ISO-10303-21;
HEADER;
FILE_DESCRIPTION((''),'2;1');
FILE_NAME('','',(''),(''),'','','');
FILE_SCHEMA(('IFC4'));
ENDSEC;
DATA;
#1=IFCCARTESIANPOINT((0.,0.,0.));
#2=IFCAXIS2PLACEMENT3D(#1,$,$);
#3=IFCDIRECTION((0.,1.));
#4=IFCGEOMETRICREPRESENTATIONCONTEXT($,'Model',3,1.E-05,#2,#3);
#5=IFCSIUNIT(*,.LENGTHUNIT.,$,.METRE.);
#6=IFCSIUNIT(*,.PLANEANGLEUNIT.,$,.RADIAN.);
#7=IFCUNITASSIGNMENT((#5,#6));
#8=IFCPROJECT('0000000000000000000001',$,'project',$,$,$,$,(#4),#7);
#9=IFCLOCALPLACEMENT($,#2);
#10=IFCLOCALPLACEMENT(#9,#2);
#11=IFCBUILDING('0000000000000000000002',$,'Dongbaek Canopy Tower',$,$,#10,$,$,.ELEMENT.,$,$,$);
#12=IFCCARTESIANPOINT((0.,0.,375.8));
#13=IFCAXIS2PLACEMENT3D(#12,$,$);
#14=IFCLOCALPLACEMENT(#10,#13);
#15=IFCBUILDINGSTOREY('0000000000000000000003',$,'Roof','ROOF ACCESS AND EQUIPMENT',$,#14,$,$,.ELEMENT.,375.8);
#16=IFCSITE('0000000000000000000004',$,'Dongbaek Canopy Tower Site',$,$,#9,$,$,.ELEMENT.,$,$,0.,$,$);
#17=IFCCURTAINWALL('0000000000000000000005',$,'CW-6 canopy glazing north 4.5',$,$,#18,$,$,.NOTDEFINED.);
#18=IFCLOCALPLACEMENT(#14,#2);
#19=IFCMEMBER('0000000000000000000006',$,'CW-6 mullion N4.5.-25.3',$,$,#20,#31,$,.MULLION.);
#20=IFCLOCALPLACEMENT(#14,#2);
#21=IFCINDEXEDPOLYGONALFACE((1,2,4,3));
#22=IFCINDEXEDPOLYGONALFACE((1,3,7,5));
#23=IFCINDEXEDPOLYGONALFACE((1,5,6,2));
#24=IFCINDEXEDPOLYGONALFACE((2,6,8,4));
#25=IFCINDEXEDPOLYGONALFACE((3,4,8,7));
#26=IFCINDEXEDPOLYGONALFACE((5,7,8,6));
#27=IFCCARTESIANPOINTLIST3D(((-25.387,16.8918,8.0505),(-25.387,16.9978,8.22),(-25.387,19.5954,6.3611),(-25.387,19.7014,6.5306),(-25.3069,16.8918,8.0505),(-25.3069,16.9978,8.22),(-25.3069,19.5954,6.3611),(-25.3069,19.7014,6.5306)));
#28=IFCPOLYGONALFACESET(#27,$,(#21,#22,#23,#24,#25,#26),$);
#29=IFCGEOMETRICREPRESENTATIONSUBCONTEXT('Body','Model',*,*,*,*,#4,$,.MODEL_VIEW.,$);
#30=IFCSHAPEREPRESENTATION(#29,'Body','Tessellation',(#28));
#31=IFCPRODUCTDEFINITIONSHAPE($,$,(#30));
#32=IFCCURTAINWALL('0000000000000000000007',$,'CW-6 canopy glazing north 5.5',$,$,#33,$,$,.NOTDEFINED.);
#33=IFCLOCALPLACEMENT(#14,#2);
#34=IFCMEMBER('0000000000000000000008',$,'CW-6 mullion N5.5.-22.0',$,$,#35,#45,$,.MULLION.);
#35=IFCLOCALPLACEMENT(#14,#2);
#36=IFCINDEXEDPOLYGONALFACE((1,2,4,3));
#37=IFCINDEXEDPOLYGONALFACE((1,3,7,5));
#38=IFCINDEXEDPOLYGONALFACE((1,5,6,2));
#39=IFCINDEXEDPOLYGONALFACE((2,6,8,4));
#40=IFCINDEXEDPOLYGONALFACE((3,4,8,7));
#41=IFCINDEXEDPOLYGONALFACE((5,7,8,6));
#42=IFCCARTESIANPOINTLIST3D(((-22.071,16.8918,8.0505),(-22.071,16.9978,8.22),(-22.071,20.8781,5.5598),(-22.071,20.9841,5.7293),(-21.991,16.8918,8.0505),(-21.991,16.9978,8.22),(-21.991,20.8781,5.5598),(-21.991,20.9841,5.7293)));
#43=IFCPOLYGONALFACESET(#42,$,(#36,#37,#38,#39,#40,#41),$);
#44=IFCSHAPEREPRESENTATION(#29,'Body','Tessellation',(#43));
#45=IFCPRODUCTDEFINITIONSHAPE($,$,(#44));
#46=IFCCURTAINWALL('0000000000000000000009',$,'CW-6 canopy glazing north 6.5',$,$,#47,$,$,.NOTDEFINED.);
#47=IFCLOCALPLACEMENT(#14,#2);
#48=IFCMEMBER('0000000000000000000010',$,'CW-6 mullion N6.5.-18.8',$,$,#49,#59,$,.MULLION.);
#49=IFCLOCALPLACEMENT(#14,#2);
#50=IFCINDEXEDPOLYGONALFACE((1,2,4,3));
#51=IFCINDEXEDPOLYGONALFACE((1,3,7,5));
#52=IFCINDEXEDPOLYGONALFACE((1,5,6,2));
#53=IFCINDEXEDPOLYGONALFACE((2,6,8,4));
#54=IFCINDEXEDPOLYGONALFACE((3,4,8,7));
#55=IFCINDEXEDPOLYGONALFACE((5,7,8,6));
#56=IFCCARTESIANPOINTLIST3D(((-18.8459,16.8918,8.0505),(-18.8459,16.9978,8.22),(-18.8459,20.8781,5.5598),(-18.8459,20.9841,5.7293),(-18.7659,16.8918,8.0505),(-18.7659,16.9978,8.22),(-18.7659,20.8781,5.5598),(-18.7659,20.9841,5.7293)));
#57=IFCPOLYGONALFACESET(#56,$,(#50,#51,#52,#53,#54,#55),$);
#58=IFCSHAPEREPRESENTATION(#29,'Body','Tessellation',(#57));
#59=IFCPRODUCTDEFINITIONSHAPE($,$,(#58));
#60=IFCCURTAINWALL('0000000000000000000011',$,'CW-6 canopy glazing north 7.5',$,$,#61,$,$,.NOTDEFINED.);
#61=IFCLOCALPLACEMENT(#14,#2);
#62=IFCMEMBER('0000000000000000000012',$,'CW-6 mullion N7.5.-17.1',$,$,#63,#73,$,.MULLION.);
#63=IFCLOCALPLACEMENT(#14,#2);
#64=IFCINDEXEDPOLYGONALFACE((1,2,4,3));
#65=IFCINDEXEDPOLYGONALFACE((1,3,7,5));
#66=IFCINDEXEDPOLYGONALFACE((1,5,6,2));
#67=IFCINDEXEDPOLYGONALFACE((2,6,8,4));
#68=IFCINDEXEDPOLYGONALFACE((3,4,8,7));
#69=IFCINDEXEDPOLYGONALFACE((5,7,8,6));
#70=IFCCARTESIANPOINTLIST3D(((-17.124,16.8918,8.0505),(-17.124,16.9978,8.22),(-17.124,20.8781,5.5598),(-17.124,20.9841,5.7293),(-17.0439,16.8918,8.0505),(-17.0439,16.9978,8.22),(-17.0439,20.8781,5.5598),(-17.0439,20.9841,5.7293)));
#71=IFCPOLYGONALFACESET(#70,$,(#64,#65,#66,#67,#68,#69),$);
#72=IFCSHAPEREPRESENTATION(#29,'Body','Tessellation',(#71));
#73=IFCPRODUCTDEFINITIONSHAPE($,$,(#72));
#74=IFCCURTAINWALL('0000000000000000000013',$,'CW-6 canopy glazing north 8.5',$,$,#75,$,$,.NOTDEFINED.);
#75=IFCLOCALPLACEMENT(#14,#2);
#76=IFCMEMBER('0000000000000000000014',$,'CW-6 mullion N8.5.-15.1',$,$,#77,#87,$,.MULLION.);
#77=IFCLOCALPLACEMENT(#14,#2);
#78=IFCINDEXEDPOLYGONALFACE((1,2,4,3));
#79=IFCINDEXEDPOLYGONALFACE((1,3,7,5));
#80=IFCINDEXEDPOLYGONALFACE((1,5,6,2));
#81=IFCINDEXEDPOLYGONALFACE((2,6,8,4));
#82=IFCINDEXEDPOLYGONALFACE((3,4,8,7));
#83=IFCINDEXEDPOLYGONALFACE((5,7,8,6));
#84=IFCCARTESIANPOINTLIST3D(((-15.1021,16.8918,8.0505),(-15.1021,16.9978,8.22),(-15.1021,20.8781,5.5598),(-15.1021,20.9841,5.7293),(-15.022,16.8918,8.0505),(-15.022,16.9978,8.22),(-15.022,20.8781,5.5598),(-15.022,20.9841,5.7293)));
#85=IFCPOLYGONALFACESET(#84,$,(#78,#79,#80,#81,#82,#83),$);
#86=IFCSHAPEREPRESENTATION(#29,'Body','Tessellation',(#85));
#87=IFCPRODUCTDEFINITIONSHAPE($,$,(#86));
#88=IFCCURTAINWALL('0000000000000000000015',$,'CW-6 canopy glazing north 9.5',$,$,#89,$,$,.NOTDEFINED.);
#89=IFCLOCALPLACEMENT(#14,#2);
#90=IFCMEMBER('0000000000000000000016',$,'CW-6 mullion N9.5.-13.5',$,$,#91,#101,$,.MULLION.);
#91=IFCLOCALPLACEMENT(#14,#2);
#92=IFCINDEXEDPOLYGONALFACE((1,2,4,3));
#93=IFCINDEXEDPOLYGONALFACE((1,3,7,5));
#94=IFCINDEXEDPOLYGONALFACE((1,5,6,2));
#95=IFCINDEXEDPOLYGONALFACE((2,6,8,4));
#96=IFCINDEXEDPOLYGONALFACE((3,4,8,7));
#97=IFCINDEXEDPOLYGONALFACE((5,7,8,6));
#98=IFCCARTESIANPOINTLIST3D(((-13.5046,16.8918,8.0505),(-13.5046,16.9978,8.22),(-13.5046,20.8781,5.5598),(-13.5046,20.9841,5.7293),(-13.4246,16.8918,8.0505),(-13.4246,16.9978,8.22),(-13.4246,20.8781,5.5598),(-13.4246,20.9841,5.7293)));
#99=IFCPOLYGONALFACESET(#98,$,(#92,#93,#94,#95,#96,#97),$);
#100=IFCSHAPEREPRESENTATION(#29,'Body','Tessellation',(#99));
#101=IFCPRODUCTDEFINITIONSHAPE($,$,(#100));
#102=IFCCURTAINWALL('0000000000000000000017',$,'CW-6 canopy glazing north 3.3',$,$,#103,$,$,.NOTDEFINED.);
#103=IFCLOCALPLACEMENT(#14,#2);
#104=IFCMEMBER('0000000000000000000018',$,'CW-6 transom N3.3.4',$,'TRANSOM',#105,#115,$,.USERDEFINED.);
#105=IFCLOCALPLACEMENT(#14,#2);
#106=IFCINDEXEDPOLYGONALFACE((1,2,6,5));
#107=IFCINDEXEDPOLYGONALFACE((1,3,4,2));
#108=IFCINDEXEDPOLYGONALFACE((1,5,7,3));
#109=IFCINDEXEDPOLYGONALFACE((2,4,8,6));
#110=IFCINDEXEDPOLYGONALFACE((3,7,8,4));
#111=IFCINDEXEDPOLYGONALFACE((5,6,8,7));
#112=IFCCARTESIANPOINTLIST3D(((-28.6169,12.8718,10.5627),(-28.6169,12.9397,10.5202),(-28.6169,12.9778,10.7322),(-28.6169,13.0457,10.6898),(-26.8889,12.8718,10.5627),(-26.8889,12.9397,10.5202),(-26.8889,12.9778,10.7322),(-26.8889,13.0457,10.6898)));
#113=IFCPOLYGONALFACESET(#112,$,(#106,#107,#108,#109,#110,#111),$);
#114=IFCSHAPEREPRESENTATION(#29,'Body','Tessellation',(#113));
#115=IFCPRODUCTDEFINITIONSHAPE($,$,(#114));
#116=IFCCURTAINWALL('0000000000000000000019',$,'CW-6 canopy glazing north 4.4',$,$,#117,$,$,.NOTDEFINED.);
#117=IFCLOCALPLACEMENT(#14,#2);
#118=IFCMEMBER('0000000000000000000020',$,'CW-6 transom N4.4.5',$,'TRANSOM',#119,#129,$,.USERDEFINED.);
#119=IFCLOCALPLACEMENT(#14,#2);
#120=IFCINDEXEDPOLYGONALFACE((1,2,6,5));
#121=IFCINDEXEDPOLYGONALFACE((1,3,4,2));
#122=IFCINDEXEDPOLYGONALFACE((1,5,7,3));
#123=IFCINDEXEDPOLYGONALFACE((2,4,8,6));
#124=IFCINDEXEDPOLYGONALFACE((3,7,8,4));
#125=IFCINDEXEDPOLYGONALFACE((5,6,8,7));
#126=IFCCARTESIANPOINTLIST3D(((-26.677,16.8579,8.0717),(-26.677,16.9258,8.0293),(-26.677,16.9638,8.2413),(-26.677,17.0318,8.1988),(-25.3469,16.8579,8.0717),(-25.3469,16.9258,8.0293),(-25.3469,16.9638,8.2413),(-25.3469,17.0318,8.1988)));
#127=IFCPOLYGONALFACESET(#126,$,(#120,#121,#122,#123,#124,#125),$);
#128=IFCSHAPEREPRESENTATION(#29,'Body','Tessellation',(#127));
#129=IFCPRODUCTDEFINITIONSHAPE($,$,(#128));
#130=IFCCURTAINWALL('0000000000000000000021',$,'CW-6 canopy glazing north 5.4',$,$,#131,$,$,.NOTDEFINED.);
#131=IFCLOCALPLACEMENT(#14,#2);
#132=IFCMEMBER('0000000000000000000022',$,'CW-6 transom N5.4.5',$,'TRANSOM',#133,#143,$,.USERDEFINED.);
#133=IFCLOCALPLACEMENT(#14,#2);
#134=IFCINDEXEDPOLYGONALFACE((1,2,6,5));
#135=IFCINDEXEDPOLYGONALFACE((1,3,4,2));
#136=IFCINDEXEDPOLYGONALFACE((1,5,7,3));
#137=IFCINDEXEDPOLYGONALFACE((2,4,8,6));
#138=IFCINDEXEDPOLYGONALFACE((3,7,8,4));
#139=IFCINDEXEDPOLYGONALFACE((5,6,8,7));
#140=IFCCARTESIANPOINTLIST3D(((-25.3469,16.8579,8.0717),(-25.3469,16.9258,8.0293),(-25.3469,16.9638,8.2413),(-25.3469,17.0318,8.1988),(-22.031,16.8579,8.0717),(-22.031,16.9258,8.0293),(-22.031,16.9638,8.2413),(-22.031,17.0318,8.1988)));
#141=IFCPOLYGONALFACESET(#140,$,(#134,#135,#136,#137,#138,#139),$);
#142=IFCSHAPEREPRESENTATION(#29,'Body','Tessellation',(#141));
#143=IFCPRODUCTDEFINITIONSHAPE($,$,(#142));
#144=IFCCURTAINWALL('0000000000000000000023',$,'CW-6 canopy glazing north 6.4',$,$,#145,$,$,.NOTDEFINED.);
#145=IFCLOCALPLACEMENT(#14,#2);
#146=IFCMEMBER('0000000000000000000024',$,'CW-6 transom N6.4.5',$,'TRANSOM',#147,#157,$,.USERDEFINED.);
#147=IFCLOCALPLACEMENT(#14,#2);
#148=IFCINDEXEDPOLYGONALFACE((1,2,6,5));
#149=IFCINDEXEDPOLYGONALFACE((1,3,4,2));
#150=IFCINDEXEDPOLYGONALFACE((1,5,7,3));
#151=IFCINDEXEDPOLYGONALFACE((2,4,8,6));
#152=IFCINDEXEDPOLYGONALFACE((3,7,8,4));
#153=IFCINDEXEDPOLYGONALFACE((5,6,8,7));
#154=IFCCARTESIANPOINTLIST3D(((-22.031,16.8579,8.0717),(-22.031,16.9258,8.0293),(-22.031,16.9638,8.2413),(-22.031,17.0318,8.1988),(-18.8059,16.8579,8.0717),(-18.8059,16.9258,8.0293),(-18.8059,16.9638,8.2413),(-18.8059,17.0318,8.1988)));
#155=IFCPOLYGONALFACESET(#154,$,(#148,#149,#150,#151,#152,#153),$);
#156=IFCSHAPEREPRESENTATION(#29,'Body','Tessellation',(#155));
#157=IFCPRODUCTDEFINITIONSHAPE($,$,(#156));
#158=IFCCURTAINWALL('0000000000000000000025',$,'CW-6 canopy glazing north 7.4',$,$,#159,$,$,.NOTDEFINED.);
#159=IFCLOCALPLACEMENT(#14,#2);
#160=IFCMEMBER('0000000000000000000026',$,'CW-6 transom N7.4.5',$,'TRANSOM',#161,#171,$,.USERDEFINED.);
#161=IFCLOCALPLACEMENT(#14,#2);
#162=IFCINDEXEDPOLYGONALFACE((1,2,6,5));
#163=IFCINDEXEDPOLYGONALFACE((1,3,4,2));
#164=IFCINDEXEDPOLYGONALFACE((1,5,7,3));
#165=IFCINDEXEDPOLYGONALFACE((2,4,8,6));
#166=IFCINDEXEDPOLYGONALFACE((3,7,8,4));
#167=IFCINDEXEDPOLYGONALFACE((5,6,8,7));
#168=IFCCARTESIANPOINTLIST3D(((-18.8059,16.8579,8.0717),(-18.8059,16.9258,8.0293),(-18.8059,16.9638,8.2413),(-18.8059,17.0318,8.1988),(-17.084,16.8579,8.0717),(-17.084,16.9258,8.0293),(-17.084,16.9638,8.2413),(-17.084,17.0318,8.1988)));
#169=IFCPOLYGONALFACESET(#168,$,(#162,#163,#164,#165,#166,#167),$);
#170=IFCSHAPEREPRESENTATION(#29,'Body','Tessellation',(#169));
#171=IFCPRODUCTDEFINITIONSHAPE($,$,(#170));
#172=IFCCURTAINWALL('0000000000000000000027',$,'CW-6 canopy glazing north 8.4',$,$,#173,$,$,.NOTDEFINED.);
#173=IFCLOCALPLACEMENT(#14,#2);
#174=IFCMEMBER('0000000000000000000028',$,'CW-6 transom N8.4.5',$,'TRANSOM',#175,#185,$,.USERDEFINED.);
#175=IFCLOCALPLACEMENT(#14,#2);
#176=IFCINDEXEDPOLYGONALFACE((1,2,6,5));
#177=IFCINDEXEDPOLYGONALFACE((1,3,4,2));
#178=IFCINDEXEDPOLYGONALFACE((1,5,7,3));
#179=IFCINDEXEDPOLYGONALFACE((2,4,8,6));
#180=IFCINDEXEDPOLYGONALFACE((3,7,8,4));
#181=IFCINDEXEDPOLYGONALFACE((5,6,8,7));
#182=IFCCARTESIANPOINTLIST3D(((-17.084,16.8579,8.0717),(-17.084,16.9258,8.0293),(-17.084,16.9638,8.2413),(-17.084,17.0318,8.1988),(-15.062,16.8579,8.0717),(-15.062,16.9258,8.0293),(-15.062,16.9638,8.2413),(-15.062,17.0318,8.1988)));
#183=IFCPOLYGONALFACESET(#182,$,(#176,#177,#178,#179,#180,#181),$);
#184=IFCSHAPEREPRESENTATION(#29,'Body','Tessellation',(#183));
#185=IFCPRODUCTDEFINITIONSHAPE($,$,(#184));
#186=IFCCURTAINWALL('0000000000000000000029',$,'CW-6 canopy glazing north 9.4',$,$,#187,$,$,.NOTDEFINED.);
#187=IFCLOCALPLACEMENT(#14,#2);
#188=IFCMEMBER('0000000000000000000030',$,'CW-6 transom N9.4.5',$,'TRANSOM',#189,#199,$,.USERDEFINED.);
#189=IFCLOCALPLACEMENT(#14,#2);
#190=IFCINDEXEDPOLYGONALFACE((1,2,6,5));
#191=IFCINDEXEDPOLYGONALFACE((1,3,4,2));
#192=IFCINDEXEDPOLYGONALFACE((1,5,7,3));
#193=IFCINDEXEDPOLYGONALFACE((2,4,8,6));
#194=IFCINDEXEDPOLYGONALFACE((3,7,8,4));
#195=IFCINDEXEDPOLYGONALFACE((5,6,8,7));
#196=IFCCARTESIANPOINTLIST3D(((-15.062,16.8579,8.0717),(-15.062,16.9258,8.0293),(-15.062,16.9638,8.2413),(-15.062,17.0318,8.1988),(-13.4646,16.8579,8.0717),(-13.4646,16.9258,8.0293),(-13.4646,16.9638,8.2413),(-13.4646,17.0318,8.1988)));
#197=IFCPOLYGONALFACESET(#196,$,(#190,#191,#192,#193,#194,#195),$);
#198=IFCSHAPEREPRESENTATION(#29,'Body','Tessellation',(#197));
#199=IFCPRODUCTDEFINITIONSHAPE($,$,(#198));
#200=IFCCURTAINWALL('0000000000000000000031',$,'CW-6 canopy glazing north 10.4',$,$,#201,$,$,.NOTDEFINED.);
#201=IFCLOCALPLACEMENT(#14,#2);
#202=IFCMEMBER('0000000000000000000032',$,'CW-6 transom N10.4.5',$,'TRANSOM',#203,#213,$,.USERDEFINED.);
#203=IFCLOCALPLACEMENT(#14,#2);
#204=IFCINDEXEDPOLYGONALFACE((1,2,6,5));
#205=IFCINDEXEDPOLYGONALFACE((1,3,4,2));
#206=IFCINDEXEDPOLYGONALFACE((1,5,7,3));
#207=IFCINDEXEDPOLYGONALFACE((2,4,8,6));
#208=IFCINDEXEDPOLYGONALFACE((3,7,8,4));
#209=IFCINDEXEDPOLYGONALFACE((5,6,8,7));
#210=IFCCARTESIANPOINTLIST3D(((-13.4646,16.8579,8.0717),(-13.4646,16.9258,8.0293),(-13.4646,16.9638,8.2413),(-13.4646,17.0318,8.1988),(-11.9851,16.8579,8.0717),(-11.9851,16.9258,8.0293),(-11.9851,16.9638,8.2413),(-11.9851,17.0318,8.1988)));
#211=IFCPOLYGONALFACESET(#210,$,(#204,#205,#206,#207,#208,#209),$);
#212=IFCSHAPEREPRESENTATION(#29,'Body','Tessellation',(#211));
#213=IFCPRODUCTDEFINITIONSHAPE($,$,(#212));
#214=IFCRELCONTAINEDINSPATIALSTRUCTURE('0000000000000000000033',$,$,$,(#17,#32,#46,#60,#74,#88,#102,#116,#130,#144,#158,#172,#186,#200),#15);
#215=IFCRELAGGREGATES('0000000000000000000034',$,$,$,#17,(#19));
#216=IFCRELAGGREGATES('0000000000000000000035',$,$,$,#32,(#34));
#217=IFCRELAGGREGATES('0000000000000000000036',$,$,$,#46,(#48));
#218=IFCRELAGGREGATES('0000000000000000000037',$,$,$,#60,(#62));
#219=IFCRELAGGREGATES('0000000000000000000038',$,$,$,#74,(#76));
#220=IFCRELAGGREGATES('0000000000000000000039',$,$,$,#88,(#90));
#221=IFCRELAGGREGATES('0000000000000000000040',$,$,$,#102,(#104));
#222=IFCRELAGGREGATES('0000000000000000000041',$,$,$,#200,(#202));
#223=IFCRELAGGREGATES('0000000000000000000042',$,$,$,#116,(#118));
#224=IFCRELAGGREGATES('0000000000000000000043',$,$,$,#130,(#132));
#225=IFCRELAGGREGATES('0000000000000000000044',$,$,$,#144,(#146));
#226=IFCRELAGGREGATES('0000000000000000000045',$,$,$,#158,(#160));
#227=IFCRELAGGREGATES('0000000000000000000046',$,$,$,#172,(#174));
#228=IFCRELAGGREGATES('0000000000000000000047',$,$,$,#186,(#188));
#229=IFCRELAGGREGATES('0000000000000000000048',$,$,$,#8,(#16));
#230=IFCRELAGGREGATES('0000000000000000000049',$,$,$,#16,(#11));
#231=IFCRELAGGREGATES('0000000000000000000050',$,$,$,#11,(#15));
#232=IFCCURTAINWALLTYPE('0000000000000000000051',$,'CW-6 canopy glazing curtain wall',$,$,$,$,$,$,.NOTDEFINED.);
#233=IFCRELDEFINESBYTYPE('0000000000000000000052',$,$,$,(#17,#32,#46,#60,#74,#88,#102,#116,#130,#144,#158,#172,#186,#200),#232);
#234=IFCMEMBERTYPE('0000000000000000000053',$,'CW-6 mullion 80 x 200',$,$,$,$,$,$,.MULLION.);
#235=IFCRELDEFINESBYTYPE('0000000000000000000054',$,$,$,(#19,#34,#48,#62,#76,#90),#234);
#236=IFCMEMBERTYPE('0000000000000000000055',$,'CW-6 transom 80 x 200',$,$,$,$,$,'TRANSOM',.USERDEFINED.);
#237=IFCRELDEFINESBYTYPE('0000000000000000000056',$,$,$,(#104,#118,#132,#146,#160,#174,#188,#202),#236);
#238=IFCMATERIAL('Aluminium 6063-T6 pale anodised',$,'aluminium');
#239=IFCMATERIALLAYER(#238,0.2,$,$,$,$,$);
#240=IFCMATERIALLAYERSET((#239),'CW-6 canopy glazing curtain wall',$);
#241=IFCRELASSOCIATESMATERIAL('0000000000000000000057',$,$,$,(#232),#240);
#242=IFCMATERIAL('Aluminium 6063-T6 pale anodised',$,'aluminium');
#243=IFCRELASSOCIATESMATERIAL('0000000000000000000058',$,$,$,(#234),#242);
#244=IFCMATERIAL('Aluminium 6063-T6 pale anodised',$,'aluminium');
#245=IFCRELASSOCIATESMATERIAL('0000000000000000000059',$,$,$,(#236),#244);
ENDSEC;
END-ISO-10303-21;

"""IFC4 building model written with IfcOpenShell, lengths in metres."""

from ifc_helpers import new_model, si_unit, direction, frame, origin, origin_2d, place, context, subcontext, project, spatial, rectangle, extrude, material, layer, layer_set, material_profile, profile_set, type_object, element, aggregate, save


model = new_model("IFC4")

# Units and contexts
model_context = context("Model", 3, precision=1e-05, world=origin(), true_north=direction((0.0, 1.0)))
body_context = subcontext(model_context, "Body", "Model", "MODEL_VIEW")
ifc_project = project(units=[si_unit("LENGTHUNIT", "METRE"), si_unit("PLANEANGLEUNIT", "RADIAN")], contexts=[model_context])

# Site, building, storey
site_placement = place(None, origin())
site = spatial("IfcSite", under=ifc_project, at=site_placement, Name="Dongbaek Canopy Tower Site", CompositionType="ELEMENT", RefElevation=0.0)
building_placement = place(site_placement, origin())
building = spatial("IfcBuilding", under=site, at=building_placement, Name="Dongbaek Canopy Tower", CompositionType="ELEMENT")
storey_placement = place(building_placement, frame((0.0, 0.0, 375.8)))
storey = spatial("IfcBuildingStorey", under=building, at=storey_placement, Name="Roof", Description="ROOF ACCESS AND EQUIPMENT", CompositionType="ELEMENT", Elevation=375.8)

# Curtain walls, members
ifc_material_1 = material(Name="Aluminium 6063-T6 pale anodised", Category="aluminium")
ifc_layer_1 = layer(ifc_material_1, 0.2)
ifc_layer_set_1 = layer_set([ifc_layer_1], Name="CW-6 canopy glazing curtain wall")
curtain_wall_type = type_object("IfcCurtainWallType", Name="CW-6 canopy glazing curtain wall", PredefinedType="NOTDEFINED", material=ifc_layer_set_1)
curtain_wall_1_placement = place(storey_placement, origin())
curtain_wall_1 = element("IfcCurtainWall", 1, at=curtain_wall_1_placement, inside=storey, type_object=curtain_wall_type, Name="CW-6 canopy glazing north 4.5", PredefinedType="NOTDEFINED")
ifc_material_2 = material(Name="Aluminium 6063-T6 pale anodised", Category="aluminium")
ifc_material_profile_1 = material_profile(ifc_material_2, rectangle(XDim=0.0801, YDim=0.2, at=origin_2d()), Name="CW-6 mullion 80 x 200")
ifc_profile_set_1 = profile_set([ifc_material_profile_1], Name="Aluminium 6063-T6 pale anodised")
member_type_1 = type_object("IfcMemberType", Name="CW-6 mullion 80 x 200", PredefinedType="MULLION", material=ifc_profile_set_1)
member_1_placement = place(storey_placement, frame((-25.3469, 16.9448, 8.1353), z_axis=(0.0, 0.848041, -0.52993), x_axis=(-1.0, 0.0, 0.0)))
member_1 = element("IfcMember", 2, at=member_1_placement, type_object=member_type_1, Name="CW-6 mullion N4.5.-25.3", PredefinedType="MULLION", context=body_context, shape_type="SweptSolid", body=[
    extrude(rectangle(XDim=0.0801, YDim=0.2, at=origin_2d()), origin(), (0.0, 0.0, 1.0), 3.188),
])
aggregate(curtain_wall_1, [member_1])
curtain_wall_2_placement = place(storey_placement, origin())
curtain_wall_2 = element("IfcCurtainWall", 3, at=curtain_wall_2_placement, inside=storey, type_object=curtain_wall_type, Name="CW-6 canopy glazing north 5.5", PredefinedType="NOTDEFINED")
member_2_placement = place(storey_placement, frame((-22.031, 16.9448, 8.1353), z_axis=(0.0, 0.848068, -0.529887), x_axis=(-1.0, 0.0, 0.0)))
member_2 = element("IfcMember", 4, at=member_2_placement, type_object=member_type_1, Name="CW-6 mullion N5.5.-22.0", PredefinedType="MULLION", context=body_context, shape_type="SweptSolid", body=[
    extrude(rectangle(XDim=0.0801, YDim=0.2, at=origin_2d()), origin(), (0.0, 0.0, 1.0), 4.7004),
])
aggregate(curtain_wall_2, [member_2])
curtain_wall_3_placement = place(storey_placement, origin())
curtain_wall_3 = element("IfcCurtainWall", 5, at=curtain_wall_3_placement, inside=storey, type_object=curtain_wall_type, Name="CW-6 canopy glazing north 6.5", PredefinedType="NOTDEFINED")
member_3_placement = place(storey_placement, frame((-18.8059, 16.9448, 8.1353), z_axis=(0.0, 0.848068, -0.529887), x_axis=(-1.0, 0.0, 0.0)))
member_3 = element("IfcMember", 6, at=member_3_placement, type_object=member_type_1, Name="CW-6 mullion N6.5.-18.8", PredefinedType="MULLION", context=body_context, shape_type="SweptSolid", body=[
    extrude(rectangle(XDim=0.0801, YDim=0.2, at=origin_2d()), origin(), (0.0, 0.0, 1.0), 4.7004),
])
aggregate(curtain_wall_3, [member_3])
curtain_wall_4_placement = place(storey_placement, origin())
curtain_wall_4 = element("IfcCurtainWall", 7, at=curtain_wall_4_placement, inside=storey, type_object=curtain_wall_type, Name="CW-6 canopy glazing north 7.5", PredefinedType="NOTDEFINED")
member_4_placement = place(storey_placement, frame((-17.084, 16.9448, 8.1353), z_axis=(0.0, 0.848068, -0.529887), x_axis=(-1.0, 0.0, 0.0)))
member_4 = element("IfcMember", 8, at=member_4_placement, type_object=member_type_1, Name="CW-6 mullion N7.5.-17.1", PredefinedType="MULLION", context=body_context, shape_type="SweptSolid", body=[
    extrude(rectangle(XDim=0.0801, YDim=0.2, at=origin_2d()), origin(), (0.0, 0.0, 1.0), 4.7004),
])
aggregate(curtain_wall_4, [member_4])
curtain_wall_5_placement = place(storey_placement, origin())
curtain_wall_5 = element("IfcCurtainWall", 9, at=curtain_wall_5_placement, inside=storey, type_object=curtain_wall_type, Name="CW-6 canopy glazing north 8.5", PredefinedType="NOTDEFINED")
member_5_placement = place(storey_placement, frame((-15.062, 16.9448, 8.1353), z_axis=(0.0, 0.848068, -0.529887), x_axis=(-1.0, 0.0, 0.0)))
member_5 = element("IfcMember", 10, at=member_5_placement, type_object=member_type_1, Name="CW-6 mullion N8.5.-15.1", PredefinedType="MULLION", context=body_context, shape_type="SweptSolid", body=[
    extrude(rectangle(XDim=0.0801, YDim=0.2, at=origin_2d()), origin(), (0.0, 0.0, 1.0), 4.7004),
])
aggregate(curtain_wall_5, [member_5])
curtain_wall_6_placement = place(storey_placement, origin())
curtain_wall_6 = element("IfcCurtainWall", 11, at=curtain_wall_6_placement, inside=storey, type_object=curtain_wall_type, Name="CW-6 canopy glazing north 9.5", PredefinedType="NOTDEFINED")
member_6_placement = place(storey_placement, frame((-13.4646, 16.9448, 8.1353), z_axis=(0.0, 0.848068, -0.529887), x_axis=(-1.0, 0.0, 0.0)))
member_6 = element("IfcMember", 12, at=member_6_placement, type_object=member_type_1, Name="CW-6 mullion N9.5.-13.5", PredefinedType="MULLION", context=body_context, shape_type="SweptSolid", body=[
    extrude(rectangle(XDim=0.0801, YDim=0.2, at=origin_2d()), origin(), (0.0, 0.0, 1.0), 4.7004),
])
aggregate(curtain_wall_6, [member_6])
curtain_wall_7_placement = place(storey_placement, origin())
curtain_wall_7 = element("IfcCurtainWall", 13, at=curtain_wall_7_placement, inside=storey, type_object=curtain_wall_type, Name="CW-6 canopy glazing north 3.3", PredefinedType="NOTDEFINED")
ifc_material_3 = material(Name="Aluminium 6063-T6 pale anodised", Category="aluminium")
ifc_material_profile_2 = material_profile(ifc_material_3, rectangle(XDim=0.0801, YDim=0.2, at=origin_2d()), Name="CW-6 transom 80 x 200")
ifc_profile_set_2 = profile_set([ifc_material_profile_2], Name="Aluminium 6063-T6 pale anodised")
member_type_2 = type_object("IfcMemberType", Name="CW-6 transom 80 x 200", ElementType="TRANSOM", PredefinedType="USERDEFINED", material=ifc_profile_set_2)
member_7_placement = place(storey_placement, frame((-28.6169, 12.9587, 10.6262), z_axis=(1.0, 0.0, 0.0), x_axis=(0.0, 0.848048, -0.529919)))
member_7 = element("IfcMember", 14, at=member_7_placement, type_object=member_type_2, Name="CW-6 transom N3.3.4", ObjectType="TRANSOM", PredefinedType="USERDEFINED", context=body_context, shape_type="SweptSolid", body=[
    extrude(rectangle(XDim=0.0801, YDim=0.2, at=origin_2d()), origin(), (0.0, 0.0, 1.0), 1.728),
])
aggregate(curtain_wall_7, [member_7])
curtain_wall_8_placement = place(storey_placement, origin())
curtain_wall_8 = element("IfcCurtainWall", 15, at=curtain_wall_8_placement, inside=storey, type_object=curtain_wall_type, Name="CW-6 canopy glazing north 4.4", PredefinedType="NOTDEFINED")
member_8_placement = place(storey_placement, frame((-26.677, 16.9448, 8.1353), z_axis=(1.0, 0.0, 0.0), x_axis=(0.0, 0.848048, -0.529919)))
member_8 = element("IfcMember", 16, at=member_8_placement, type_object=member_type_2, Name="CW-6 transom N4.4.5", ObjectType="TRANSOM", PredefinedType="USERDEFINED", context=body_context, shape_type="SweptSolid", body=[
    extrude(rectangle(XDim=0.0801, YDim=0.2, at=origin_2d()), origin(), (0.0, 0.0, 1.0), 1.3301),
])
curtain_wall_9_placement = place(storey_placement, origin())
curtain_wall_9 = element("IfcCurtainWall", 17, at=curtain_wall_9_placement, inside=storey, type_object=curtain_wall_type, Name="CW-6 canopy glazing north 5.4", PredefinedType="NOTDEFINED")
member_9_placement = place(storey_placement, frame((-25.3469, 16.9448, 8.1353), z_axis=(1.0, 0.0, 0.0), x_axis=(0.0, 0.848048, -0.529919)))
member_9 = element("IfcMember", 18, at=member_9_placement, type_object=member_type_2, Name="CW-6 transom N5.4.5", ObjectType="TRANSOM", PredefinedType="USERDEFINED", context=body_context, shape_type="SweptSolid", body=[
    extrude(rectangle(XDim=0.0801, YDim=0.2, at=origin_2d()), origin(), (0.0, 0.0, 1.0), 3.3159),
])
curtain_wall_10_placement = place(storey_placement, origin())
curtain_wall_10 = element("IfcCurtainWall", 19, at=curtain_wall_10_placement, inside=storey, type_object=curtain_wall_type, Name="CW-6 canopy glazing north 6.4", PredefinedType="NOTDEFINED")
member_10_placement = place(storey_placement, frame((-22.031, 16.9448, 8.1353), z_axis=(1.0, 0.0, 0.0), x_axis=(0.0, 0.848048, -0.529919)))
member_10 = element("IfcMember", 20, at=member_10_placement, type_object=member_type_2, Name="CW-6 transom N6.4.5", ObjectType="TRANSOM", PredefinedType="USERDEFINED", context=body_context, shape_type="SweptSolid", body=[
    extrude(rectangle(XDim=0.0801, YDim=0.2, at=origin_2d()), origin(), (0.0, 0.0, 1.0), 3.2251),
])
curtain_wall_11_placement = place(storey_placement, origin())
curtain_wall_11 = element("IfcCurtainWall", 21, at=curtain_wall_11_placement, inside=storey, type_object=curtain_wall_type, Name="CW-6 canopy glazing north 7.4", PredefinedType="NOTDEFINED")
member_11_placement = place(storey_placement, frame((-18.8059, 16.9448, 8.1353), z_axis=(1.0, 0.0, 0.0), x_axis=(0.0, 0.848048, -0.529919)))
member_11 = element("IfcMember", 22, at=member_11_placement, type_object=member_type_2, Name="CW-6 transom N7.4.5", ObjectType="TRANSOM", PredefinedType="USERDEFINED", context=body_context, shape_type="SweptSolid", body=[
    extrude(rectangle(XDim=0.0801, YDim=0.2, at=origin_2d()), origin(), (0.0, 0.0, 1.0), 1.7219),
])
curtain_wall_12_placement = place(storey_placement, origin())
curtain_wall_12 = element("IfcCurtainWall", 23, at=curtain_wall_12_placement, inside=storey, type_object=curtain_wall_type, Name="CW-6 canopy glazing north 8.4", PredefinedType="NOTDEFINED")
member_12_placement = place(storey_placement, frame((-17.084, 16.9448, 8.1353), z_axis=(1.0, 0.0, 0.0), x_axis=(0.0, 0.848048, -0.529919)))
member_12 = element("IfcMember", 24, at=member_12_placement, type_object=member_type_2, Name="CW-6 transom N8.4.5", ObjectType="TRANSOM", PredefinedType="USERDEFINED", context=body_context, shape_type="SweptSolid", body=[
    extrude(rectangle(XDim=0.0801, YDim=0.2, at=origin_2d()), origin(), (0.0, 0.0, 1.0), 2.022),
])
curtain_wall_13_placement = place(storey_placement, origin())
curtain_wall_13 = element("IfcCurtainWall", 25, at=curtain_wall_13_placement, inside=storey, type_object=curtain_wall_type, Name="CW-6 canopy glazing north 9.4", PredefinedType="NOTDEFINED")
member_13_placement = place(storey_placement, frame((-15.062, 16.9448, 8.1353), z_axis=(1.0, 0.0, 0.0), x_axis=(0.0, 0.848048, -0.529919)))
member_13 = element("IfcMember", 26, at=member_13_placement, type_object=member_type_2, Name="CW-6 transom N9.4.5", ObjectType="TRANSOM", PredefinedType="USERDEFINED", context=body_context, shape_type="SweptSolid", body=[
    extrude(rectangle(XDim=0.0801, YDim=0.2, at=origin_2d()), origin(), (0.0, 0.0, 1.0), 1.5974),
])
curtain_wall_14_placement = place(storey_placement, origin())
curtain_wall_14 = element("IfcCurtainWall", 27, at=curtain_wall_14_placement, inside=storey, type_object=curtain_wall_type, Name="CW-6 canopy glazing north 10.4", PredefinedType="NOTDEFINED")
member_14_placement = place(storey_placement, frame((-13.4646, 16.9448, 8.1353), z_axis=(1.0, 0.0, 0.0), x_axis=(0.0, 0.848048, -0.529919)))
member_14 = element("IfcMember", 28, at=member_14_placement, type_object=member_type_2, Name="CW-6 transom N10.4.5", ObjectType="TRANSOM", PredefinedType="USERDEFINED", context=body_context, shape_type="SweptSolid", body=[
    extrude(rectangle(XDim=0.0801, YDim=0.2, at=origin_2d()), origin(), (0.0, 0.0, 1.0), 1.4795),
])
aggregate(curtain_wall_14, [member_14])

aggregate(curtain_wall_8, [member_8])
aggregate(curtain_wall_9, [member_9])
aggregate(curtain_wall_10, [member_10])
aggregate(curtain_wall_11, [member_11])
aggregate(curtain_wall_12, [member_12])
aggregate(curtain_wall_13, [member_13])

save(model, "model.ifc")
